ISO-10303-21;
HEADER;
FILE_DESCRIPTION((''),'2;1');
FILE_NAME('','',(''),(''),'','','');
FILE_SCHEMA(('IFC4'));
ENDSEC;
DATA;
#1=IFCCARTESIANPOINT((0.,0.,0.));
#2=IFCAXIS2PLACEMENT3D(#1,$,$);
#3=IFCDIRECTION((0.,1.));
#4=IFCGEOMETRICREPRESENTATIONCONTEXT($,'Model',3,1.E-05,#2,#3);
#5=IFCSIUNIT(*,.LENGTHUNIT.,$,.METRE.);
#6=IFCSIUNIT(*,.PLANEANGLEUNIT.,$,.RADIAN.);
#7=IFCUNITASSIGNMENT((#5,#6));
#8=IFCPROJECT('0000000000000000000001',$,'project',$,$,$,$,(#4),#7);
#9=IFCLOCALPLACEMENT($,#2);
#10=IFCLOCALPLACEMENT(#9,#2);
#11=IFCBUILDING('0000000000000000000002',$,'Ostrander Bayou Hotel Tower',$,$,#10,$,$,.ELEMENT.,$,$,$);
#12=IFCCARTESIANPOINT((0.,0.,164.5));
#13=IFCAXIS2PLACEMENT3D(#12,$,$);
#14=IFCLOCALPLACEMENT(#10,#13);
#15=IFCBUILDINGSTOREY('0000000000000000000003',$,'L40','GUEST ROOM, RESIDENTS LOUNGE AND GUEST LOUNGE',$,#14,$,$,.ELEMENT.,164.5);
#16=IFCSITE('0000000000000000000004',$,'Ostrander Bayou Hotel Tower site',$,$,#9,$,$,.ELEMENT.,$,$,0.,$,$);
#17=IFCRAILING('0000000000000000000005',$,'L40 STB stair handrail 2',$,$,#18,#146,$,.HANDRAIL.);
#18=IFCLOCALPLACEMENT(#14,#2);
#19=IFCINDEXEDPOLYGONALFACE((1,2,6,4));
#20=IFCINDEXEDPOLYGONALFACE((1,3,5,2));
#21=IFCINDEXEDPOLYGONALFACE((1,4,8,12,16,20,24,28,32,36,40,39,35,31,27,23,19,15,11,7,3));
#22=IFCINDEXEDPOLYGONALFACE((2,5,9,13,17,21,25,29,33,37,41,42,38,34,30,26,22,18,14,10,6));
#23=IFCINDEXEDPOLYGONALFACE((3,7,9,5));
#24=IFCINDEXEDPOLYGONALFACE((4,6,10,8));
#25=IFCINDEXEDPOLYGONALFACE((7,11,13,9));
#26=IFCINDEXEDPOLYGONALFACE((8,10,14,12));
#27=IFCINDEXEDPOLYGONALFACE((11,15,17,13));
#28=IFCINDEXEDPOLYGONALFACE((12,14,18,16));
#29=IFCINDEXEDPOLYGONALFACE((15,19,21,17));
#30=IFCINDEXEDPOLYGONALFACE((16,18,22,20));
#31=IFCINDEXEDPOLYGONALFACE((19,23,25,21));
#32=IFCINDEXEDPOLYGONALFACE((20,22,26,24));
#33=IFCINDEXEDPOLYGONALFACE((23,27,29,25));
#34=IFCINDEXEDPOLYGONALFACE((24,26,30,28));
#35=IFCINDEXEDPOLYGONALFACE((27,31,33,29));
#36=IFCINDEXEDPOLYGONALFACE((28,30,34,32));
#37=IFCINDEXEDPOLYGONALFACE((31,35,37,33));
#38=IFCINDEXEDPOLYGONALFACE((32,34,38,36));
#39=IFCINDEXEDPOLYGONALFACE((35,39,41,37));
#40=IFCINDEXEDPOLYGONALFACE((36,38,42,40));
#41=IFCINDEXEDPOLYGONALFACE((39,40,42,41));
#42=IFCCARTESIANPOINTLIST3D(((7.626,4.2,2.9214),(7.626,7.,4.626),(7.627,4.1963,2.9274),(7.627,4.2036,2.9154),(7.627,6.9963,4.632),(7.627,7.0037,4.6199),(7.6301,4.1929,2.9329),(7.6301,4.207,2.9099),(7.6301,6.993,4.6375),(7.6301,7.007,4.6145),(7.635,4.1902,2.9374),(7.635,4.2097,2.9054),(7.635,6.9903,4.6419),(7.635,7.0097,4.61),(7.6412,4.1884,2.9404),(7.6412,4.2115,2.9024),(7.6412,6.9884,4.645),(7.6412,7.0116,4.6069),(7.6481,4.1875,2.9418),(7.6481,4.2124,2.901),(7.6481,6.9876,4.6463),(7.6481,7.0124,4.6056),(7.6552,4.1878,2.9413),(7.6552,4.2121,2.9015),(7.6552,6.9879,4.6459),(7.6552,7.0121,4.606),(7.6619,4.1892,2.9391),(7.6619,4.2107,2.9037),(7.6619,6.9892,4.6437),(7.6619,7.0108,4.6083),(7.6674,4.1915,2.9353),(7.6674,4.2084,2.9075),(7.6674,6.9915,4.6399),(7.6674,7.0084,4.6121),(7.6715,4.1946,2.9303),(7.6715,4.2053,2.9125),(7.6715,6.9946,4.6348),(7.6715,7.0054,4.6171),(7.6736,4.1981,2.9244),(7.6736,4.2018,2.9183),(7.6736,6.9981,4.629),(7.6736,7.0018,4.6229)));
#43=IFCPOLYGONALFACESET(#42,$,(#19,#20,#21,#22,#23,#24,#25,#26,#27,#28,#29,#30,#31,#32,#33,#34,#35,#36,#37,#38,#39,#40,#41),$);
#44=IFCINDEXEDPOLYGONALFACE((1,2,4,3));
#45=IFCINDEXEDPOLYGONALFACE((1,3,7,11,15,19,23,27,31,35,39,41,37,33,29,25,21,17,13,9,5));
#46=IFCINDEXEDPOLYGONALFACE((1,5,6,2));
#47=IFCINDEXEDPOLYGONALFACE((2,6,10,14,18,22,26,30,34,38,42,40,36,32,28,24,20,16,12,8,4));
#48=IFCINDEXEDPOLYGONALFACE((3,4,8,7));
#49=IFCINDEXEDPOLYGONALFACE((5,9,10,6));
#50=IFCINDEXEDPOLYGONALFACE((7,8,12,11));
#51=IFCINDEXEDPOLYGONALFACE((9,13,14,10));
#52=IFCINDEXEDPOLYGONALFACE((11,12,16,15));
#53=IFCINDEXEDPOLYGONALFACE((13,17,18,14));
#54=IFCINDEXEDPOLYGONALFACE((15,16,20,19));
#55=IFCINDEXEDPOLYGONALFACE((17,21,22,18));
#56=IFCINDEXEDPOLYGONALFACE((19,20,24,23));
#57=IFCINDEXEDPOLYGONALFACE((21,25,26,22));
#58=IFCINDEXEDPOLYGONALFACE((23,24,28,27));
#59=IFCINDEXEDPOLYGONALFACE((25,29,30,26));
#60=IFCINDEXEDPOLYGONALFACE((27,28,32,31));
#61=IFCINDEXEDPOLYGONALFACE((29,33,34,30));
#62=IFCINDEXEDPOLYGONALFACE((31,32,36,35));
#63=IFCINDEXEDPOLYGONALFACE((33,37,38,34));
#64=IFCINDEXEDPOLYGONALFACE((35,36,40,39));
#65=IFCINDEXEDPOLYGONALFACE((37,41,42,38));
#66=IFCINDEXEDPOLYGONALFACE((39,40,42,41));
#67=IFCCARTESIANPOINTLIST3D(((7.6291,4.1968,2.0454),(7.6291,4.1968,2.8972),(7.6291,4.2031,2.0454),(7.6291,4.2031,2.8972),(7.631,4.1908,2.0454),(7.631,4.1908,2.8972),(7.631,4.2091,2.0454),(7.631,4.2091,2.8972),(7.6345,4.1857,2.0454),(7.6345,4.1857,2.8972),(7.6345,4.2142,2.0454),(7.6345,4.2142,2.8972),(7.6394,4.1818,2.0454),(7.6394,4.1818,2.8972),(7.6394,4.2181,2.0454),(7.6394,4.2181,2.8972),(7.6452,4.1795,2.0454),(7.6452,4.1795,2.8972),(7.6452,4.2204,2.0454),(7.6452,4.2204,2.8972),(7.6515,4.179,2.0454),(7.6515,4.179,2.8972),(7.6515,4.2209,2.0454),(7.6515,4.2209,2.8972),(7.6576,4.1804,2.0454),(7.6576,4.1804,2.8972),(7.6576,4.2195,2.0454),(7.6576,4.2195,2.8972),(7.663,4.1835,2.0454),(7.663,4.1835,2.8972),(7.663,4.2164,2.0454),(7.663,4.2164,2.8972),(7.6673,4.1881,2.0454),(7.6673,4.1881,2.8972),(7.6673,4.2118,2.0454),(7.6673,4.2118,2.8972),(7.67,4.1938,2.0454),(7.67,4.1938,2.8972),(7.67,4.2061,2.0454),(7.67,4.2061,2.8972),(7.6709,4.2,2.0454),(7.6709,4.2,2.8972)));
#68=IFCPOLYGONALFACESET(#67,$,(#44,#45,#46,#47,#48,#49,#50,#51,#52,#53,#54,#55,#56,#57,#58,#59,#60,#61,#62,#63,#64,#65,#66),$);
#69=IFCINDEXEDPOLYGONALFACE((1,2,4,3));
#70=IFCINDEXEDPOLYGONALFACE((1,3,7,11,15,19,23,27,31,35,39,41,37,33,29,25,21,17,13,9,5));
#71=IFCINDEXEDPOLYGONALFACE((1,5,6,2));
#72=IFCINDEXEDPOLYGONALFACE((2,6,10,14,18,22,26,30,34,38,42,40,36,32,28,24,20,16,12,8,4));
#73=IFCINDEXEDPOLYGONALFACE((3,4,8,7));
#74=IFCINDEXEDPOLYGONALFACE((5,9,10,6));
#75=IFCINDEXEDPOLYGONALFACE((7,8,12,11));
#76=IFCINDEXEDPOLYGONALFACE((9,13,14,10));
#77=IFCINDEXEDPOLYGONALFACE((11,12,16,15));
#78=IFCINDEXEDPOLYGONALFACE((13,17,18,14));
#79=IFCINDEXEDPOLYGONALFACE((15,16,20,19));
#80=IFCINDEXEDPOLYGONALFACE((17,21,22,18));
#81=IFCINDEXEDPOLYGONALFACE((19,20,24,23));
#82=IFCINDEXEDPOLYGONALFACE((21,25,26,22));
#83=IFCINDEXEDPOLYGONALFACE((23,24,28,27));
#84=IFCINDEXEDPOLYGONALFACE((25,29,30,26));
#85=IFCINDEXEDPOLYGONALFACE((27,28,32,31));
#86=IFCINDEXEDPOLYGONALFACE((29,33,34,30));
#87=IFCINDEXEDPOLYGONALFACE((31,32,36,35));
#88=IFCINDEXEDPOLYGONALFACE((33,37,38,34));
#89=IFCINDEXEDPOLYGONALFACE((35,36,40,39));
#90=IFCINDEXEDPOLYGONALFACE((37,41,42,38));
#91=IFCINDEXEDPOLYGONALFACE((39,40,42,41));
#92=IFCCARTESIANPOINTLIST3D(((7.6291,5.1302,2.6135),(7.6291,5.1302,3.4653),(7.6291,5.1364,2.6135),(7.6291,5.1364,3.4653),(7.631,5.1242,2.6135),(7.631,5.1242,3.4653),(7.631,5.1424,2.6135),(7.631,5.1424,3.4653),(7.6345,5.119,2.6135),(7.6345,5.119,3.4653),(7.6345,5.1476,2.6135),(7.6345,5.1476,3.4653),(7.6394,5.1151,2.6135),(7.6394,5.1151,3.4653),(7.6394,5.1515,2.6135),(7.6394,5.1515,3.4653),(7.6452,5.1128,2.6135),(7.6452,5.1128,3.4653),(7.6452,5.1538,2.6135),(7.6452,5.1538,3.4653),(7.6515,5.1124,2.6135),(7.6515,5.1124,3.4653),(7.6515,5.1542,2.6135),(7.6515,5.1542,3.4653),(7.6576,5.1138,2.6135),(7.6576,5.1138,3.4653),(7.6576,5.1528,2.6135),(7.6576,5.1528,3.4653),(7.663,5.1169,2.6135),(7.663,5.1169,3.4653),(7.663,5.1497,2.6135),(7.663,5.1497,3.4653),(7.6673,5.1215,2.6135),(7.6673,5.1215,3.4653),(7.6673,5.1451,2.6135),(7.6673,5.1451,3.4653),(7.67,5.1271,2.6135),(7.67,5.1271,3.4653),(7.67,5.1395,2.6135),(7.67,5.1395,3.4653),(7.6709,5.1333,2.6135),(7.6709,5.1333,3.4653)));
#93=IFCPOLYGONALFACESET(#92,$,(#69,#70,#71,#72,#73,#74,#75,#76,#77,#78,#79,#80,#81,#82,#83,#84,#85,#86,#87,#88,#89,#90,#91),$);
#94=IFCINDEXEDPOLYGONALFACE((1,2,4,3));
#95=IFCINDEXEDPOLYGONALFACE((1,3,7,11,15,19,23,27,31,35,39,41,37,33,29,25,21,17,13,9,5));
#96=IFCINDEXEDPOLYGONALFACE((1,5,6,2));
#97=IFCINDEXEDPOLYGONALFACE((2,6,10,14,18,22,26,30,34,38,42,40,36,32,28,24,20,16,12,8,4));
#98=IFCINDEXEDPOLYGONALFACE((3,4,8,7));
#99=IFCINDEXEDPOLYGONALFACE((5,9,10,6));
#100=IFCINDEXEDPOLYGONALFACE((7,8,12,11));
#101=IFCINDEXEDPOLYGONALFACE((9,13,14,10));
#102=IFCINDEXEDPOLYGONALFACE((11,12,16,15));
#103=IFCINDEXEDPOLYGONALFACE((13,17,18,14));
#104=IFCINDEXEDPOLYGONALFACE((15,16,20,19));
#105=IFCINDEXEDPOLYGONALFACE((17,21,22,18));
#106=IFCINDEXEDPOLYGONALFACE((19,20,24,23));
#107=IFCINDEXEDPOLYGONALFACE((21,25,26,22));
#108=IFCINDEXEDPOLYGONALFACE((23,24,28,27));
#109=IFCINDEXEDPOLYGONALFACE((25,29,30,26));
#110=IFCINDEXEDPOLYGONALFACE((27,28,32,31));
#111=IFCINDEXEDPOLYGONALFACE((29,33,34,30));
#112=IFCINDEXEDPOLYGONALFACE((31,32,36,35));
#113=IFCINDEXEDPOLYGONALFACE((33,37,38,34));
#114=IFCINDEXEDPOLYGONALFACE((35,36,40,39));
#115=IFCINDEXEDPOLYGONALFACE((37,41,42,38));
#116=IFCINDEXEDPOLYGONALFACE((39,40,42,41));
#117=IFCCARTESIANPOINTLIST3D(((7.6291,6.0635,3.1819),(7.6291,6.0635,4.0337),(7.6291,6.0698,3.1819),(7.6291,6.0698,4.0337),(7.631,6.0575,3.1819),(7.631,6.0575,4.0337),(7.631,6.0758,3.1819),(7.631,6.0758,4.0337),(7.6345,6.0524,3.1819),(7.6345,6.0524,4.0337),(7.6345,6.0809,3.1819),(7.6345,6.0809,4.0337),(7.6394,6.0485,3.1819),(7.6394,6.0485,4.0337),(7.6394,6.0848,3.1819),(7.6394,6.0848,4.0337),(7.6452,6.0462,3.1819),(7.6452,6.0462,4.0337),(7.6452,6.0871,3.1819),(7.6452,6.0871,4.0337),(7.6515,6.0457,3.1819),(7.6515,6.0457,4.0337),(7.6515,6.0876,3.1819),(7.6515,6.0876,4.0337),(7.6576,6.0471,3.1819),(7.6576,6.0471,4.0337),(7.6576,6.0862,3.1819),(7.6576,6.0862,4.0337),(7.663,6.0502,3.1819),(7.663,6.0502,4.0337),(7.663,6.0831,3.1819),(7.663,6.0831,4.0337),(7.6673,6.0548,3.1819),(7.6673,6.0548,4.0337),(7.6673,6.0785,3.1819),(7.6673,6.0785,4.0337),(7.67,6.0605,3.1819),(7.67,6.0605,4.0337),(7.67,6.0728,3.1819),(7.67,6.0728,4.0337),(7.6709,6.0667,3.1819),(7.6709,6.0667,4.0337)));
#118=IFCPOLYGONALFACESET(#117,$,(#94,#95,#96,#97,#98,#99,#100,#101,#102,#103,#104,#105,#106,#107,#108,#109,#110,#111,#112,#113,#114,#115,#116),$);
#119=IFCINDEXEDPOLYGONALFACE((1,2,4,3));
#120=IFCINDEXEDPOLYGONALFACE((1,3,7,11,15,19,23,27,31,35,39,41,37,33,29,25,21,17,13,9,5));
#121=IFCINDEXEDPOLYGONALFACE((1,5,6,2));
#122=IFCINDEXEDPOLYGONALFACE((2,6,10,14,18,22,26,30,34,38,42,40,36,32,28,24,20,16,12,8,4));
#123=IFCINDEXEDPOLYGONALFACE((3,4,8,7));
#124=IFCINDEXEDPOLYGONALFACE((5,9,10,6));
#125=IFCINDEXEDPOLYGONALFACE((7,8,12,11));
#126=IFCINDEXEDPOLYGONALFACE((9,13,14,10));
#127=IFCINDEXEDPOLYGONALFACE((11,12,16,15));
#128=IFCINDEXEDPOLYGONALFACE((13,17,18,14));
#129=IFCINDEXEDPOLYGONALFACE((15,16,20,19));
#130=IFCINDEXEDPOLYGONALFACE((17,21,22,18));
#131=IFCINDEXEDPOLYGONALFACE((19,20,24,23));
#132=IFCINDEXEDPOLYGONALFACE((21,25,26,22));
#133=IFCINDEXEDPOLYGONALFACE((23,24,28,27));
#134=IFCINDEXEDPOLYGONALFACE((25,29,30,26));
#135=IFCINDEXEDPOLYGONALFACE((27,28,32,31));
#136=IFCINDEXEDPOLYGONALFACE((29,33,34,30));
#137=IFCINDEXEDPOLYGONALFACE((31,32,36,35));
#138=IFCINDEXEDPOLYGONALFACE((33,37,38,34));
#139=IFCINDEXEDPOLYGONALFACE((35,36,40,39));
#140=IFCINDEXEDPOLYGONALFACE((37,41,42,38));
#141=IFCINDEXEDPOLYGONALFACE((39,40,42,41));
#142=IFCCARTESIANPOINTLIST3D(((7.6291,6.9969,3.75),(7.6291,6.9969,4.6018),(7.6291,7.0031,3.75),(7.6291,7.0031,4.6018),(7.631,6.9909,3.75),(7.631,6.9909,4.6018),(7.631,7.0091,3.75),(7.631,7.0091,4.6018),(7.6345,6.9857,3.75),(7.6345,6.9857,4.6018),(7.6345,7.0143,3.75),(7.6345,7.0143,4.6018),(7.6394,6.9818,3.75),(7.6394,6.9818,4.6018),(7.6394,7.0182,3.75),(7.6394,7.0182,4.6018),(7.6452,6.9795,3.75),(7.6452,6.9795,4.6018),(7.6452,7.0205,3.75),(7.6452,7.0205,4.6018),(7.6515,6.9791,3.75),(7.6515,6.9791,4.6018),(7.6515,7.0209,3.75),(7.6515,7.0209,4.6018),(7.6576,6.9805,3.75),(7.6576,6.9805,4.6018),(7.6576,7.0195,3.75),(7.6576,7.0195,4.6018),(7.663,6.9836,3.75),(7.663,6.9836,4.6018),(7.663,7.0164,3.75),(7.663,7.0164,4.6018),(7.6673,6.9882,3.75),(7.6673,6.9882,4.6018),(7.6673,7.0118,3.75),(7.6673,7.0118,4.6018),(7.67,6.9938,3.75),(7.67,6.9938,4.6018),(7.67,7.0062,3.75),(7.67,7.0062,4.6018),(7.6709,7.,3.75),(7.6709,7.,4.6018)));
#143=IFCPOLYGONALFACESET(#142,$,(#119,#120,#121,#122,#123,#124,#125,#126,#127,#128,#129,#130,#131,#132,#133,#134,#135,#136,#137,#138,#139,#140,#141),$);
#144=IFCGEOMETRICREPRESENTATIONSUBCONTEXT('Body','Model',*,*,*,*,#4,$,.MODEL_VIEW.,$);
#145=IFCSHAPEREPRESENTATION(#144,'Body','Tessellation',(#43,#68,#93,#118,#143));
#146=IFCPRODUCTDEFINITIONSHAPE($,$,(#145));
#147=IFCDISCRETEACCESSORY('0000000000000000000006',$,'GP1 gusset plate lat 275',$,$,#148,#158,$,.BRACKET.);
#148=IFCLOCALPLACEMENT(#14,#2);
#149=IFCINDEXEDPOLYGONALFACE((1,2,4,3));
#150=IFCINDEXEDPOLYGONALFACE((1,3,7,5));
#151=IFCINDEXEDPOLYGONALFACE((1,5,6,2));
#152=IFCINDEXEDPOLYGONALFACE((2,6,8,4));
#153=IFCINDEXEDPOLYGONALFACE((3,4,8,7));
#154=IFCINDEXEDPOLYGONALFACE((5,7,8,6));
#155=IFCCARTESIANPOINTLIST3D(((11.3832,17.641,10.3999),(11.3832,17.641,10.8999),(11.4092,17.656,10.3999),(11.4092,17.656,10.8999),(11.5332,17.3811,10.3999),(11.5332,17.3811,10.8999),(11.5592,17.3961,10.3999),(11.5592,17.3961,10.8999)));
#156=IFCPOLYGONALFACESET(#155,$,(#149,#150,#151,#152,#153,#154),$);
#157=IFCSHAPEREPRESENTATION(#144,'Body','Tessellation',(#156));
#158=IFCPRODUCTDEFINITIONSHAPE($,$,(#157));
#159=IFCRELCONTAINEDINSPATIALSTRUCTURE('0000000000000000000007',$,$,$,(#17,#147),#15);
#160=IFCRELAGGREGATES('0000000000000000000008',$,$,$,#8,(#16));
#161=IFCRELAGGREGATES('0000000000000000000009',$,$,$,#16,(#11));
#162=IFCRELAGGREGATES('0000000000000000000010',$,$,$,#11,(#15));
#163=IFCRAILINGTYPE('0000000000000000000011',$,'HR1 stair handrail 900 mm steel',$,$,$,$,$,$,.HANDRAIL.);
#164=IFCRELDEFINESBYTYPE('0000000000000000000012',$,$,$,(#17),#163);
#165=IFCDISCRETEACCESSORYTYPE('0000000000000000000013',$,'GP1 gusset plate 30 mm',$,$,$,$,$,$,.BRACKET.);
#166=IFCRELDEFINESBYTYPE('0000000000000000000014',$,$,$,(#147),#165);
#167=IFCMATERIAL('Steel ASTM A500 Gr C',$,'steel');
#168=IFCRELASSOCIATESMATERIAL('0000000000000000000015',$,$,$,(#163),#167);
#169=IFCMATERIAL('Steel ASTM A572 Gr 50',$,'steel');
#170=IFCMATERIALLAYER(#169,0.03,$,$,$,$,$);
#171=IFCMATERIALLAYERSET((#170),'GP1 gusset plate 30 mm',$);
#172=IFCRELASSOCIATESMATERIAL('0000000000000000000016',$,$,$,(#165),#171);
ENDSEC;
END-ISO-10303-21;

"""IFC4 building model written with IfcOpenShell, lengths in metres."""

from ifc_helpers import new_model, si_unit, direction, frame, origin, origin_2d, place, context, subcontext, project, spatial, rectangle, circle, extrude, material, layer, layer_set, type_object, element, save


model = new_model("IFC4")

# Units and contexts
model_context = context("Model", 3, precision=1e-05, world=origin(), true_north=direction((0.0, 1.0)))
body_context = subcontext(model_context, "Body", "Model", "MODEL_VIEW")
ifc_project = project(units=[si_unit("LENGTHUNIT", "METRE"), si_unit("PLANEANGLEUNIT", "RADIAN")], contexts=[model_context])

# Site, building, storey
site_placement = place(None, origin())
site = spatial("IfcSite", under=ifc_project, at=site_placement, Name="Ostrander Bayou Hotel Tower site", CompositionType="ELEMENT", RefElevation=0.0)
building_placement = place(site_placement, origin())
building = spatial("IfcBuilding", under=site, at=building_placement, Name="Ostrander Bayou Hotel Tower", CompositionType="ELEMENT")
storey_placement = place(building_placement, frame((0.0, 0.0, 164.5)))
storey = spatial("IfcBuildingStorey", under=building, at=storey_placement, Name="L40", Description="GUEST ROOM, RESIDENTS LOUNGE AND GUEST LOUNGE", CompositionType="ELEMENT", Elevation=164.5)

# Railing
ifc_material_1 = material(Name="Steel ASTM A500 Gr C", Category="steel")
railing_type_1 = type_object("IfcRailingType", Name="HR1 stair handrail 900 mm steel", PredefinedType="HANDRAIL", material=ifc_material_1)
railing_1_placement = place(storey_placement, frame((7.6499, 4.2, 2.0454)))
element("IfcRailing", 1, at=railing_1_placement, inside=storey, type_object=railing_type_1, Name="L40 STB stair handrail 2", PredefinedType="HANDRAIL", context=body_context, shape_type="SweptSolid", body=[
    extrude(circle(Radius=0.0239, at=origin_2d()), frame((0.0, 0.0, 0.876), z_axis=(0.0, 0.85417, 0.519994), x_axis=(-1.0, 0.0, 0.0)), (0.0, 0.0, 1.0), 3.2781),
    extrude(circle(Radius=0.021, at=origin_2d()), origin(), (0.0, 0.0, 1.0), 0.8518),
    extrude(circle(Radius=0.021, at=origin_2d()), frame((0.0, 0.9333, 0.5681)), (0.0, 0.0, 1.0), 0.8518),
    extrude(circle(Radius=0.021, at=origin_2d()), frame((0.0, 1.8667, 1.1365)), (0.0, 0.0, 1.0), 0.8518),
    extrude(circle(Radius=0.021, at=origin_2d()), frame((0.0, 2.8, 1.7046)), (0.0, 0.0, 1.0), 0.8518),
])

# Discrete accessory
ifc_material_2 = material(Name="Steel ASTM A572 Gr 50", Category="steel")
ifc_layer_1 = layer(ifc_material_2, 0.03)
ifc_layer_set_1 = layer_set([ifc_layer_1], Name="GP1 gusset plate 30 mm")
discrete_accessory_type = type_object("IfcDiscreteAccessoryType", Name="GP1 gusset plate 30 mm", PredefinedType="BRACKET", material=ifc_layer_set_1)
discrete_accessory_placement = place(storey_placement, frame((11.4712, 17.5186, 10.3999), z_axis=(0.0, 0.0, 1.0), x_axis=(-0.5, 0.866025, 0.0)))
element("IfcDiscreteAccessory", 2, at=discrete_accessory_placement, inside=storey, type_object=discrete_accessory_type, Name="GP1 gusset plate lat 275", PredefinedType="BRACKET", context=body_context, shape_type="SweptSolid", body=[
    extrude(rectangle(XDim=0.3, YDim=0.03, at=origin_2d()), origin(), (0.0, 0.0, 1.0), 0.5),
])

save(model, "model.ifc")
